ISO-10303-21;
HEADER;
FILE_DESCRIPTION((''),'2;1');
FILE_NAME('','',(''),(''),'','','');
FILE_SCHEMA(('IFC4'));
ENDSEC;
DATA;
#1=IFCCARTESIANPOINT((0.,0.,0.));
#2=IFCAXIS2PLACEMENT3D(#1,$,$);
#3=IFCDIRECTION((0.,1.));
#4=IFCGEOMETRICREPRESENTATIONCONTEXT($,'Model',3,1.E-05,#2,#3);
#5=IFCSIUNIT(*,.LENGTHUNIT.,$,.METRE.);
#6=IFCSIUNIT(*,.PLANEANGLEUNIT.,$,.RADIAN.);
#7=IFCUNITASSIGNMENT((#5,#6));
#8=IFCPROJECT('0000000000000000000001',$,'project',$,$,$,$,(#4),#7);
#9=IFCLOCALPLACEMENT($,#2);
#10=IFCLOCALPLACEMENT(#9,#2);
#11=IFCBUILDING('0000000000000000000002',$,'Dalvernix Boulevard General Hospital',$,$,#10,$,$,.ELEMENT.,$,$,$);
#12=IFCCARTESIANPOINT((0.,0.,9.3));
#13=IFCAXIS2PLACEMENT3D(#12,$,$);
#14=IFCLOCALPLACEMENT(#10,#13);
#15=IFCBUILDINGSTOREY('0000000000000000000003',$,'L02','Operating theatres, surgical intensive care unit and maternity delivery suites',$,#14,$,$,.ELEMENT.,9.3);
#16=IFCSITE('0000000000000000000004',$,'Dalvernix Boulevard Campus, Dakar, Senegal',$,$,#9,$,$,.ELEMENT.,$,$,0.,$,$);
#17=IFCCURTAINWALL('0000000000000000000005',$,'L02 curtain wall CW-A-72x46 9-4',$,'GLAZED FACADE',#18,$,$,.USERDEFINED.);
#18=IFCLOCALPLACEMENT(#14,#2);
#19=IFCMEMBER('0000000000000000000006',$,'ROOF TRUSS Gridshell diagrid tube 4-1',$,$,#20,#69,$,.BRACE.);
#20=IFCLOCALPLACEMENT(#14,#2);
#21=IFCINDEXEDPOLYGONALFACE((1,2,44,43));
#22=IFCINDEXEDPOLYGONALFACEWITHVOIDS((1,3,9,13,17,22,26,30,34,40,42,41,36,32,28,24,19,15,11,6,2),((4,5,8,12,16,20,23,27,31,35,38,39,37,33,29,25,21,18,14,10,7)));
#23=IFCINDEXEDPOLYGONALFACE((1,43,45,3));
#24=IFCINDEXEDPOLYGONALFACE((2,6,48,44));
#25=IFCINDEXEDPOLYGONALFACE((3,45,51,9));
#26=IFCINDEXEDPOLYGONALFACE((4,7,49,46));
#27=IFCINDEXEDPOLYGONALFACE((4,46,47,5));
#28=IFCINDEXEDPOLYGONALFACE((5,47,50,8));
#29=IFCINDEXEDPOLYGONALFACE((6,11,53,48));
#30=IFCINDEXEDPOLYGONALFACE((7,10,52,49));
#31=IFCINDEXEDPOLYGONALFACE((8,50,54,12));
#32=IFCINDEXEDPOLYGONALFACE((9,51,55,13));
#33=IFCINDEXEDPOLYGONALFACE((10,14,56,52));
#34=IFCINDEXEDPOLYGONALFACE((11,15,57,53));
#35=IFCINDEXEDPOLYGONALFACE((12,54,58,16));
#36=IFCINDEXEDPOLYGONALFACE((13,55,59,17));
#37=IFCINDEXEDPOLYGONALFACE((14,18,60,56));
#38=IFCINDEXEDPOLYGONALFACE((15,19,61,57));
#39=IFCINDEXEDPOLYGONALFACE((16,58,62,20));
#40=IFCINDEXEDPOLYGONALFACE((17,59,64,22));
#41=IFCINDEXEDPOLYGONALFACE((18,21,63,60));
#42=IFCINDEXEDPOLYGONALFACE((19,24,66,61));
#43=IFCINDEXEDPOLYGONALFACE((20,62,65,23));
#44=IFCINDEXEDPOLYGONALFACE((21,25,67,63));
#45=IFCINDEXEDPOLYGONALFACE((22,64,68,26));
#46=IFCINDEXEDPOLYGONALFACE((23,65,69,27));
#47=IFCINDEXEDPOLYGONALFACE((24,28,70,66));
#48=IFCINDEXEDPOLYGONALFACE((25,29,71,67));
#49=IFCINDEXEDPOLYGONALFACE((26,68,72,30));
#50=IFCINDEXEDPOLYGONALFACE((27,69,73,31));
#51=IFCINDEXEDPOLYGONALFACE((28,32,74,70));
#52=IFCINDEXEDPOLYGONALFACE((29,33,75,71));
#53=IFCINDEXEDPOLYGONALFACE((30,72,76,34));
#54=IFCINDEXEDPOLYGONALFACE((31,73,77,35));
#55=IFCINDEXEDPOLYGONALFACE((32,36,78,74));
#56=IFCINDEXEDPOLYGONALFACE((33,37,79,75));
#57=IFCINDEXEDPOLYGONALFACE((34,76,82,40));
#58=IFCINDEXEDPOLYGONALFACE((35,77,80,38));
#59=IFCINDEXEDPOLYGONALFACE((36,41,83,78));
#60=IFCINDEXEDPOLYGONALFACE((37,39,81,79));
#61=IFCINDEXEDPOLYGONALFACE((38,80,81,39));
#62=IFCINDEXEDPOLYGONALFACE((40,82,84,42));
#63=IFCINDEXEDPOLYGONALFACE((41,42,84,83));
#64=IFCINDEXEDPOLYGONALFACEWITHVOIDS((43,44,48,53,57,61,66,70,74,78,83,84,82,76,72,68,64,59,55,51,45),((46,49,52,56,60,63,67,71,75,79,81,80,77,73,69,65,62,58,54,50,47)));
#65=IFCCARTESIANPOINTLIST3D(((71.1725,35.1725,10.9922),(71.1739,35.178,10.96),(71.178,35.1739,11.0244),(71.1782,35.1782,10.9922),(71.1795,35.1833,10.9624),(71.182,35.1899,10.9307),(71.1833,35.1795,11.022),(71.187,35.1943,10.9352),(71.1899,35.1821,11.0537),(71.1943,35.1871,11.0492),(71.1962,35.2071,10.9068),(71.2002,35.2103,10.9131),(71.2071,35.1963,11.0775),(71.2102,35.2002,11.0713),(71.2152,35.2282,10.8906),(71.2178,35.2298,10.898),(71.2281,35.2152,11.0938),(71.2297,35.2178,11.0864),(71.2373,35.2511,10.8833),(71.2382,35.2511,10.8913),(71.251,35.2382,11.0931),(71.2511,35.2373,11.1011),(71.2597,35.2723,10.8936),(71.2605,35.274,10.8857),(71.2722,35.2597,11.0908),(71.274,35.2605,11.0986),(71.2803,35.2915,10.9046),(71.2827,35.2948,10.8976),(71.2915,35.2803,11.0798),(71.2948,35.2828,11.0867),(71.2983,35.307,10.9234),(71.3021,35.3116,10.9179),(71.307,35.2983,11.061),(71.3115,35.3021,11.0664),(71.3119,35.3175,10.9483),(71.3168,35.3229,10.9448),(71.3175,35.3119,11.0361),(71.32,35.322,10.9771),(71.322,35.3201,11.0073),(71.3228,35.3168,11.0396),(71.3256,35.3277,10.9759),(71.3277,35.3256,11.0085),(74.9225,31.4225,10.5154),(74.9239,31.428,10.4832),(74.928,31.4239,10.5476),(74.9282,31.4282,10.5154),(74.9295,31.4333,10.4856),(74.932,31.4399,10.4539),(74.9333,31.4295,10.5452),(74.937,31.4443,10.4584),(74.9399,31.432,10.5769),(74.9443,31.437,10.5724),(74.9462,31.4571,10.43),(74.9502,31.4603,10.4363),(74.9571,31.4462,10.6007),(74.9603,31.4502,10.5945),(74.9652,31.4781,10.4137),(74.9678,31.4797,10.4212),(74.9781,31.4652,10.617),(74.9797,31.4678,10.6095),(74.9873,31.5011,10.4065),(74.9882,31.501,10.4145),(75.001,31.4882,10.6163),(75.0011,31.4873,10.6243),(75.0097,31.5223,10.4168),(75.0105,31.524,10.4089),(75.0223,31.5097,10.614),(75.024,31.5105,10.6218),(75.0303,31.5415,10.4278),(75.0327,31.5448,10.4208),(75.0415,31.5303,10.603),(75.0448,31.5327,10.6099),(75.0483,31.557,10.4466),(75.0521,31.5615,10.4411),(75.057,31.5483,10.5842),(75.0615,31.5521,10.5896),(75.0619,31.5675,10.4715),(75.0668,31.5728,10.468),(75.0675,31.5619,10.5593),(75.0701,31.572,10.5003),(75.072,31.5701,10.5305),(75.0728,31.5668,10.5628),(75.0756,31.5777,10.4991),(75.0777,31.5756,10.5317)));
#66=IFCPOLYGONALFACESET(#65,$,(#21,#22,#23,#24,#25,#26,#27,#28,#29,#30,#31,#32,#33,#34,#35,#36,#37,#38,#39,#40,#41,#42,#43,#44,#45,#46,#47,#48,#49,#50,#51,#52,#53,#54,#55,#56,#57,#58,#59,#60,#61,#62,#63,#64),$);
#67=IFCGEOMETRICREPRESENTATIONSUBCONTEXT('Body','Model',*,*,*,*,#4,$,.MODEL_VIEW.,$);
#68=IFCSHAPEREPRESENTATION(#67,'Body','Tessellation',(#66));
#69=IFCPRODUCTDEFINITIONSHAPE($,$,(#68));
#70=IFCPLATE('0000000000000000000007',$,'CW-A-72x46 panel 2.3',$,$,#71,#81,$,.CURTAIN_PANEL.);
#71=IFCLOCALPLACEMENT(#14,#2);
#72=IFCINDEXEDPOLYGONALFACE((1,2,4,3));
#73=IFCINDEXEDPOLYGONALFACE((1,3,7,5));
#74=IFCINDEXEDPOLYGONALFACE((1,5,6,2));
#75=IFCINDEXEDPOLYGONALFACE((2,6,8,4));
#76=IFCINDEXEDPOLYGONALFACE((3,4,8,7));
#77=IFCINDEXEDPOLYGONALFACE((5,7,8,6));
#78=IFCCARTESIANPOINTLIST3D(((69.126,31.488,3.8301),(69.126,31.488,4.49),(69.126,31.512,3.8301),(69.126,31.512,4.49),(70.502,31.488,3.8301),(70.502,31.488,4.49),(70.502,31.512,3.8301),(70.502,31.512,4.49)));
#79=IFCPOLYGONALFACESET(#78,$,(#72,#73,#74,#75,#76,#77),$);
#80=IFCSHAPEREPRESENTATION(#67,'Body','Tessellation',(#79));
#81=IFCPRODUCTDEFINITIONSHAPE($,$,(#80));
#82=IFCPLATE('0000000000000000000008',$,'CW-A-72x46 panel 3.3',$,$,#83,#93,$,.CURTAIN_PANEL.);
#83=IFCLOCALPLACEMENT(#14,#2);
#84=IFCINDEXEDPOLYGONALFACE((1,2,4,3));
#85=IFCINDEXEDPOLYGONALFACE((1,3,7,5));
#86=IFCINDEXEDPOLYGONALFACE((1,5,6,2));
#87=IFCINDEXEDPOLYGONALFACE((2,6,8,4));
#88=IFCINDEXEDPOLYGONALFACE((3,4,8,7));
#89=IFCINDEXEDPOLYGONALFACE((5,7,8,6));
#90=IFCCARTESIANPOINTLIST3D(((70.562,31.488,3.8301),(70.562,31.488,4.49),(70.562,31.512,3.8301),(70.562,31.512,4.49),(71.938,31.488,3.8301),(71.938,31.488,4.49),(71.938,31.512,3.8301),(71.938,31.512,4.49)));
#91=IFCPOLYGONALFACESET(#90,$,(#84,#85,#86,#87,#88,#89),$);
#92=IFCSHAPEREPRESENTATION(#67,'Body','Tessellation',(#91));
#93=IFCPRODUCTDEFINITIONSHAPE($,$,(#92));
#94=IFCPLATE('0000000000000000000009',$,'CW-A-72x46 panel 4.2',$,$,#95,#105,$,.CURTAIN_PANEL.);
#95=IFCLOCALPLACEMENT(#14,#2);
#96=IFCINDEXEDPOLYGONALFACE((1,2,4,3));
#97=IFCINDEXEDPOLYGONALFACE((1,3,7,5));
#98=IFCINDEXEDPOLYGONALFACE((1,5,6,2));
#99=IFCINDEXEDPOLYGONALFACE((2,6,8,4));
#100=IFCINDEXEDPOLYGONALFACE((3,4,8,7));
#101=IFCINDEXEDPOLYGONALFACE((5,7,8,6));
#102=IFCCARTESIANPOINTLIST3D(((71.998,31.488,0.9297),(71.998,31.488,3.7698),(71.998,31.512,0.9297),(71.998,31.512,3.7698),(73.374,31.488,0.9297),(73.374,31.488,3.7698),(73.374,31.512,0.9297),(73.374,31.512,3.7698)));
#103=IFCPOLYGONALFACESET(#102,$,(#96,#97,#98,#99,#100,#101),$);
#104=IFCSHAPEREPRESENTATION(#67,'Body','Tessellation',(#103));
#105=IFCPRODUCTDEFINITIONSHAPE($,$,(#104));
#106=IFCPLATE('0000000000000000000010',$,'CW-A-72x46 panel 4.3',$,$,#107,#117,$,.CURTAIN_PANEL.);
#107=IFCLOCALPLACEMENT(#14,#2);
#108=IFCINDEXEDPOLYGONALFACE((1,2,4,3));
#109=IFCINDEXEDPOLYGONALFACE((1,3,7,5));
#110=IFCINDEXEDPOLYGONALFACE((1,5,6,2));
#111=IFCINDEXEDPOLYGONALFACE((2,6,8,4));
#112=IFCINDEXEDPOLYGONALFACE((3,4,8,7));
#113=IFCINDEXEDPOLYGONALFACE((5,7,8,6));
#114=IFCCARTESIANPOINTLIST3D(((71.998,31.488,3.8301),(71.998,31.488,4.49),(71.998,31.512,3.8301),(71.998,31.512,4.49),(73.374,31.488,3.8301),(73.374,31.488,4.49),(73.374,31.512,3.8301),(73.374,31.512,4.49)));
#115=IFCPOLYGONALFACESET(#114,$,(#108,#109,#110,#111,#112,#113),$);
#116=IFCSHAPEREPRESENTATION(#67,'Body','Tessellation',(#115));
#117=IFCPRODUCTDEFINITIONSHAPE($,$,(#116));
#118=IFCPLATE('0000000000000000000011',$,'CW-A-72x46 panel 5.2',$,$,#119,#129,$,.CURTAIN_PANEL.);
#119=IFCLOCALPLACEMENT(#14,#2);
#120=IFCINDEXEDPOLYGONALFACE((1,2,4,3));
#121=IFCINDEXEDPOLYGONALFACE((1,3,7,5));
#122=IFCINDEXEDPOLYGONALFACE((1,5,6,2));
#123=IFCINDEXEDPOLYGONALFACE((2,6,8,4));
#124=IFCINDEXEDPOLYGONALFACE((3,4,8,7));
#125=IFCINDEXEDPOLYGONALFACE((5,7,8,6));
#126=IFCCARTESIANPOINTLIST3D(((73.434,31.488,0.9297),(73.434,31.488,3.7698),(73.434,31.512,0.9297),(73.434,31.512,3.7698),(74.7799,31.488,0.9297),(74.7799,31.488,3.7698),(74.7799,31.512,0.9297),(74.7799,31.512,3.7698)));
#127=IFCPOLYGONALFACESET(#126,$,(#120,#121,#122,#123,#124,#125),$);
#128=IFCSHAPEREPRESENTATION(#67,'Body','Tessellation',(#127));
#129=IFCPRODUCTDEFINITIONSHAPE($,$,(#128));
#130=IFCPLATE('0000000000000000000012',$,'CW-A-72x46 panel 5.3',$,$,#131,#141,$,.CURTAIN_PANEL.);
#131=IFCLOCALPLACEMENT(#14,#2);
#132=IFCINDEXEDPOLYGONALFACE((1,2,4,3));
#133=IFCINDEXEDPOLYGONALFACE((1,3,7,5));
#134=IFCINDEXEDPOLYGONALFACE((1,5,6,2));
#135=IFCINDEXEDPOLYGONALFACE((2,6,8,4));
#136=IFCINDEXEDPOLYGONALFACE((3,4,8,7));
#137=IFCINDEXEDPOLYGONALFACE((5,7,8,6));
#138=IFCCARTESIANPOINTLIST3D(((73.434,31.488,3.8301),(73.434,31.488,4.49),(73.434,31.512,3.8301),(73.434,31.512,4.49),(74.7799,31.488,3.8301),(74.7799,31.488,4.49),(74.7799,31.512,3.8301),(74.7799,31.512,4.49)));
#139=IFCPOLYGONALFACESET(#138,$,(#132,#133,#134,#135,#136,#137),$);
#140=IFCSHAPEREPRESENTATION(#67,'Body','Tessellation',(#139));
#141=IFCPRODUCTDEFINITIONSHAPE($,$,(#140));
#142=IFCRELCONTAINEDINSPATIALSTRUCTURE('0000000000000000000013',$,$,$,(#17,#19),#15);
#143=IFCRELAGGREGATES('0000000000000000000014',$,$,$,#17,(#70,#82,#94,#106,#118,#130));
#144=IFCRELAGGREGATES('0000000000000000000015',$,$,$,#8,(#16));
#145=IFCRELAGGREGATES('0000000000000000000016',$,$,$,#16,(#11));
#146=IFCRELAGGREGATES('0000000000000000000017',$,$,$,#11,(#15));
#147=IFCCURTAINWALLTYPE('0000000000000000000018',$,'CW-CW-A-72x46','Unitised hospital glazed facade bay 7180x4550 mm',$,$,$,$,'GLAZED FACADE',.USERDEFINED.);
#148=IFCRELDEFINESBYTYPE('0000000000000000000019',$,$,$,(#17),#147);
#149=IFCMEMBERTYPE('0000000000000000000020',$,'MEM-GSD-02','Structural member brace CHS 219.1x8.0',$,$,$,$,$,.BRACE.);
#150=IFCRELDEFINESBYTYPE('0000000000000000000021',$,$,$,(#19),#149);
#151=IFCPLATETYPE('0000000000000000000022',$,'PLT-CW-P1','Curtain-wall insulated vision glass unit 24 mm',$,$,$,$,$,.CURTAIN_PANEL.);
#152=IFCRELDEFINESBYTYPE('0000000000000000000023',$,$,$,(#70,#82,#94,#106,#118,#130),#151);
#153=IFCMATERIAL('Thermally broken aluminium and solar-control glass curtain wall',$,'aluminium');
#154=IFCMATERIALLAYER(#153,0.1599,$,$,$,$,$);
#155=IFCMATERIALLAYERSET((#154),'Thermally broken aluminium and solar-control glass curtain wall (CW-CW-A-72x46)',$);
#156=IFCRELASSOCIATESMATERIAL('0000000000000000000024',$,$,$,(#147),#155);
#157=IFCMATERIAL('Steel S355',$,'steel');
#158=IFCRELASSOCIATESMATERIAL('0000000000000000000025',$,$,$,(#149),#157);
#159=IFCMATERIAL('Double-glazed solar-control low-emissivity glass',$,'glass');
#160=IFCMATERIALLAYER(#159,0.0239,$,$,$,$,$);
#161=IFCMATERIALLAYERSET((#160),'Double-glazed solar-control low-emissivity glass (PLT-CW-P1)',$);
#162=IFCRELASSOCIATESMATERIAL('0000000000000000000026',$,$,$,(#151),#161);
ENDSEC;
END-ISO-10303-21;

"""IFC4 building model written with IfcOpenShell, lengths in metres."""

from ifc_helpers import new_model, si_unit, direction, frame, origin, origin_2d, place, context, subcontext, project, spatial, rectangle, hollow_circle, extrude, material, layer, layer_set, material_profile, profile_set, type_object, element, aggregate, save


model = new_model("IFC4")

# Units and contexts
model_context = context("Model", 3, precision=1e-05, world=origin(), true_north=direction((0.0, 1.0)))
body_context = subcontext(model_context, "Body", "Model", "MODEL_VIEW")
ifc_project = project(units=[si_unit("LENGTHUNIT", "METRE"), si_unit("PLANEANGLEUNIT", "RADIAN")], contexts=[model_context])

# Site, building, storey
site_placement = place(None, origin())
site = spatial("IfcSite", under=ifc_project, at=site_placement, Name="Dalvernix Boulevard Campus, Dakar, Senegal", CompositionType="ELEMENT", RefElevation=0.0)
building_placement = place(site_placement, origin())
building = spatial("IfcBuilding", under=site, at=building_placement, Name="Dalvernix Boulevard General Hospital", CompositionType="ELEMENT")
storey_placement = place(building_placement, frame((0.0, 0.0, 9.3)))
storey = spatial("IfcBuildingStorey", under=building, at=storey_placement, Name="L02", Description="Operating theatres, surgical intensive care unit and maternity delivery suites", CompositionType="ELEMENT", Elevation=9.3)

# Shared definitions
ifc_material_1 = material(Name="Steel S355", Category="steel")

# Curtain wall
ifc_material_2 = material(Name="Thermally broken aluminium and solar-control glass curtain wall", Category="aluminium")
ifc_layer_1 = layer(ifc_material_2, 0.1599)
ifc_layer_set_1 = layer_set([ifc_layer_1], Name="Thermally broken aluminium and solar-control glass curtain wall (CW-CW-A-72x46)")
curtain_wall_type_1 = type_object("IfcCurtainWallType", Name="CW-CW-A-72x46", Description="Unitised hospital glazed facade bay 7180x4550 mm", ElementType="GLAZED FACADE", PredefinedType="USERDEFINED", material=ifc_layer_set_1)
curtain_wall_1_placement = place(storey_placement, origin())
curtain_wall_1 = element("IfcCurtainWall", 1, at=curtain_wall_1_placement, inside=storey, type_object=curtain_wall_type_1, Name="L02 curtain wall CW-A-72x46 9-4", ObjectType="GLAZED FACADE", PredefinedType="USERDEFINED")

# Member
ifc_material_profile_1 = material_profile(ifc_material_1, hollow_circle(Radius=0.1096, WallThickness=0.0081, at=origin_2d()), Name="CHS 219.1x8.0")
ifc_profile_set_1 = profile_set([ifc_material_profile_1], Name="Steel S355")
member_type_1 = type_object("IfcMemberType", Name="MEM-GSD-02", Description="Structural member brace CHS 219.1x8.0", PredefinedType="BRACE", material=ifc_profile_set_1)
member_1_placement = place(storey_placement, frame((75.0, 31.5, 10.5154), z_axis=(-0.704266, 0.704266, 0.089546), x_axis=(-0.707107, -0.707107, 0.0)))
element("IfcMember", 2, at=member_1_placement, inside=storey, type_object=member_type_1, Name="ROOF TRUSS Gridshell diagrid tube 4-1", PredefinedType="BRACE", context=body_context, shape_type="SweptSolid", body=[
    extrude(hollow_circle(Radius=0.1096, WallThickness=0.0081, at=origin_2d()), origin(), (0.0, 0.0, 1.0), 5.3247),
])

# Plates
ifc_material_3 = material(Name="Double-glazed solar-control low-emissivity glass", Category="glass")
ifc_layer_2 = layer(ifc_material_3, 0.0239)
ifc_layer_set_2 = layer_set([ifc_layer_2], Name="Double-glazed solar-control low-emissivity glass (PLT-CW-P1)")
plate_type = type_object("IfcPlateType", Name="PLT-CW-P1", Description="Curtain-wall insulated vision glass unit 24 mm", PredefinedType="CURTAIN_PANEL", material=ifc_layer_set_2)
plate_1_placement = place(storey_placement, frame((69.814, 31.5, 3.8301), z_axis=(0.0, 0.0, 1.0), x_axis=(1.0, 0.0, 0.0)))
plate_1 = element("IfcPlate", 3, at=plate_1_placement, type_object=plate_type, Name="CW-A-72x46 panel 2.3", PredefinedType="CURTAIN_PANEL", context=body_context, shape_type="SweptSolid", body=[
    extrude(rectangle(XDim=1.376, YDim=0.0239, at=origin_2d()), origin(), (0.0, 0.0, 1.0), 0.6599),
])
plate_2_placement = place(storey_placement, frame((71.25, 31.5, 3.8301), z_axis=(0.0, 0.0, 1.0), x_axis=(1.0, 0.0, 0.0)))
plate_2 = element("IfcPlate", 4, at=plate_2_placement, type_object=plate_type, Name="CW-A-72x46 panel 3.3", PredefinedType="CURTAIN_PANEL", context=body_context, shape_type="SweptSolid", body=[
    extrude(rectangle(XDim=1.376, YDim=0.0239, at=origin_2d()), origin(), (0.0, 0.0, 1.0), 0.6599),
])
plate_3_placement = place(storey_placement, frame((72.686, 31.5, 0.9297), z_axis=(0.0, 0.0, 1.0), x_axis=(1.0, 0.0, 0.0)))
plate_3 = element("IfcPlate", 5, at=plate_3_placement, type_object=plate_type, Name="CW-A-72x46 panel 4.2", PredefinedType="CURTAIN_PANEL", context=body_context, shape_type="SweptSolid", body=[
    extrude(rectangle(XDim=1.376, YDim=0.0239, at=origin_2d()), origin(), (0.0, 0.0, 1.0), 2.8401),
])
plate_4_placement = place(storey_placement, frame((72.686, 31.5, 3.8301), z_axis=(0.0, 0.0, 1.0), x_axis=(1.0, 0.0, 0.0)))
plate_4 = element("IfcPlate", 6, at=plate_4_placement, type_object=plate_type, Name="CW-A-72x46 panel 4.3", PredefinedType="CURTAIN_PANEL", context=body_context, shape_type="SweptSolid", body=[
    extrude(rectangle(XDim=1.376, YDim=0.0239, at=origin_2d()), origin(), (0.0, 0.0, 1.0), 0.6599),
])
plate_5_placement = place(storey_placement, frame((74.1069, 31.5, 0.9297), z_axis=(0.0, 0.0, 1.0), x_axis=(1.0, 0.0, 0.0)))
plate_5 = element("IfcPlate", 7, at=plate_5_placement, type_object=plate_type, Name="CW-A-72x46 panel 5.2", PredefinedType="CURTAIN_PANEL", context=body_context, shape_type="SweptSolid", body=[
    extrude(rectangle(XDim=1.3459, YDim=0.0239, at=origin_2d()), origin(), (0.0, 0.0, 1.0), 2.8401),
])
plate_6_placement = place(storey_placement, frame((74.1069, 31.5, 3.8301), z_axis=(0.0, 0.0, 1.0), x_axis=(1.0, 0.0, 0.0)))
plate_6 = element("IfcPlate", 8, at=plate_6_placement, type_object=plate_type, Name="CW-A-72x46 panel 5.3", PredefinedType="CURTAIN_PANEL", context=body_context, shape_type="SweptSolid", body=[
    extrude(rectangle(XDim=1.3459, YDim=0.0239, at=origin_2d()), origin(), (0.0, 0.0, 1.0), 0.6599),
])
aggregate(curtain_wall_1, [plate_1, plate_2, plate_3, plate_4, plate_5, plate_6])

save(model, "model.ifc")
